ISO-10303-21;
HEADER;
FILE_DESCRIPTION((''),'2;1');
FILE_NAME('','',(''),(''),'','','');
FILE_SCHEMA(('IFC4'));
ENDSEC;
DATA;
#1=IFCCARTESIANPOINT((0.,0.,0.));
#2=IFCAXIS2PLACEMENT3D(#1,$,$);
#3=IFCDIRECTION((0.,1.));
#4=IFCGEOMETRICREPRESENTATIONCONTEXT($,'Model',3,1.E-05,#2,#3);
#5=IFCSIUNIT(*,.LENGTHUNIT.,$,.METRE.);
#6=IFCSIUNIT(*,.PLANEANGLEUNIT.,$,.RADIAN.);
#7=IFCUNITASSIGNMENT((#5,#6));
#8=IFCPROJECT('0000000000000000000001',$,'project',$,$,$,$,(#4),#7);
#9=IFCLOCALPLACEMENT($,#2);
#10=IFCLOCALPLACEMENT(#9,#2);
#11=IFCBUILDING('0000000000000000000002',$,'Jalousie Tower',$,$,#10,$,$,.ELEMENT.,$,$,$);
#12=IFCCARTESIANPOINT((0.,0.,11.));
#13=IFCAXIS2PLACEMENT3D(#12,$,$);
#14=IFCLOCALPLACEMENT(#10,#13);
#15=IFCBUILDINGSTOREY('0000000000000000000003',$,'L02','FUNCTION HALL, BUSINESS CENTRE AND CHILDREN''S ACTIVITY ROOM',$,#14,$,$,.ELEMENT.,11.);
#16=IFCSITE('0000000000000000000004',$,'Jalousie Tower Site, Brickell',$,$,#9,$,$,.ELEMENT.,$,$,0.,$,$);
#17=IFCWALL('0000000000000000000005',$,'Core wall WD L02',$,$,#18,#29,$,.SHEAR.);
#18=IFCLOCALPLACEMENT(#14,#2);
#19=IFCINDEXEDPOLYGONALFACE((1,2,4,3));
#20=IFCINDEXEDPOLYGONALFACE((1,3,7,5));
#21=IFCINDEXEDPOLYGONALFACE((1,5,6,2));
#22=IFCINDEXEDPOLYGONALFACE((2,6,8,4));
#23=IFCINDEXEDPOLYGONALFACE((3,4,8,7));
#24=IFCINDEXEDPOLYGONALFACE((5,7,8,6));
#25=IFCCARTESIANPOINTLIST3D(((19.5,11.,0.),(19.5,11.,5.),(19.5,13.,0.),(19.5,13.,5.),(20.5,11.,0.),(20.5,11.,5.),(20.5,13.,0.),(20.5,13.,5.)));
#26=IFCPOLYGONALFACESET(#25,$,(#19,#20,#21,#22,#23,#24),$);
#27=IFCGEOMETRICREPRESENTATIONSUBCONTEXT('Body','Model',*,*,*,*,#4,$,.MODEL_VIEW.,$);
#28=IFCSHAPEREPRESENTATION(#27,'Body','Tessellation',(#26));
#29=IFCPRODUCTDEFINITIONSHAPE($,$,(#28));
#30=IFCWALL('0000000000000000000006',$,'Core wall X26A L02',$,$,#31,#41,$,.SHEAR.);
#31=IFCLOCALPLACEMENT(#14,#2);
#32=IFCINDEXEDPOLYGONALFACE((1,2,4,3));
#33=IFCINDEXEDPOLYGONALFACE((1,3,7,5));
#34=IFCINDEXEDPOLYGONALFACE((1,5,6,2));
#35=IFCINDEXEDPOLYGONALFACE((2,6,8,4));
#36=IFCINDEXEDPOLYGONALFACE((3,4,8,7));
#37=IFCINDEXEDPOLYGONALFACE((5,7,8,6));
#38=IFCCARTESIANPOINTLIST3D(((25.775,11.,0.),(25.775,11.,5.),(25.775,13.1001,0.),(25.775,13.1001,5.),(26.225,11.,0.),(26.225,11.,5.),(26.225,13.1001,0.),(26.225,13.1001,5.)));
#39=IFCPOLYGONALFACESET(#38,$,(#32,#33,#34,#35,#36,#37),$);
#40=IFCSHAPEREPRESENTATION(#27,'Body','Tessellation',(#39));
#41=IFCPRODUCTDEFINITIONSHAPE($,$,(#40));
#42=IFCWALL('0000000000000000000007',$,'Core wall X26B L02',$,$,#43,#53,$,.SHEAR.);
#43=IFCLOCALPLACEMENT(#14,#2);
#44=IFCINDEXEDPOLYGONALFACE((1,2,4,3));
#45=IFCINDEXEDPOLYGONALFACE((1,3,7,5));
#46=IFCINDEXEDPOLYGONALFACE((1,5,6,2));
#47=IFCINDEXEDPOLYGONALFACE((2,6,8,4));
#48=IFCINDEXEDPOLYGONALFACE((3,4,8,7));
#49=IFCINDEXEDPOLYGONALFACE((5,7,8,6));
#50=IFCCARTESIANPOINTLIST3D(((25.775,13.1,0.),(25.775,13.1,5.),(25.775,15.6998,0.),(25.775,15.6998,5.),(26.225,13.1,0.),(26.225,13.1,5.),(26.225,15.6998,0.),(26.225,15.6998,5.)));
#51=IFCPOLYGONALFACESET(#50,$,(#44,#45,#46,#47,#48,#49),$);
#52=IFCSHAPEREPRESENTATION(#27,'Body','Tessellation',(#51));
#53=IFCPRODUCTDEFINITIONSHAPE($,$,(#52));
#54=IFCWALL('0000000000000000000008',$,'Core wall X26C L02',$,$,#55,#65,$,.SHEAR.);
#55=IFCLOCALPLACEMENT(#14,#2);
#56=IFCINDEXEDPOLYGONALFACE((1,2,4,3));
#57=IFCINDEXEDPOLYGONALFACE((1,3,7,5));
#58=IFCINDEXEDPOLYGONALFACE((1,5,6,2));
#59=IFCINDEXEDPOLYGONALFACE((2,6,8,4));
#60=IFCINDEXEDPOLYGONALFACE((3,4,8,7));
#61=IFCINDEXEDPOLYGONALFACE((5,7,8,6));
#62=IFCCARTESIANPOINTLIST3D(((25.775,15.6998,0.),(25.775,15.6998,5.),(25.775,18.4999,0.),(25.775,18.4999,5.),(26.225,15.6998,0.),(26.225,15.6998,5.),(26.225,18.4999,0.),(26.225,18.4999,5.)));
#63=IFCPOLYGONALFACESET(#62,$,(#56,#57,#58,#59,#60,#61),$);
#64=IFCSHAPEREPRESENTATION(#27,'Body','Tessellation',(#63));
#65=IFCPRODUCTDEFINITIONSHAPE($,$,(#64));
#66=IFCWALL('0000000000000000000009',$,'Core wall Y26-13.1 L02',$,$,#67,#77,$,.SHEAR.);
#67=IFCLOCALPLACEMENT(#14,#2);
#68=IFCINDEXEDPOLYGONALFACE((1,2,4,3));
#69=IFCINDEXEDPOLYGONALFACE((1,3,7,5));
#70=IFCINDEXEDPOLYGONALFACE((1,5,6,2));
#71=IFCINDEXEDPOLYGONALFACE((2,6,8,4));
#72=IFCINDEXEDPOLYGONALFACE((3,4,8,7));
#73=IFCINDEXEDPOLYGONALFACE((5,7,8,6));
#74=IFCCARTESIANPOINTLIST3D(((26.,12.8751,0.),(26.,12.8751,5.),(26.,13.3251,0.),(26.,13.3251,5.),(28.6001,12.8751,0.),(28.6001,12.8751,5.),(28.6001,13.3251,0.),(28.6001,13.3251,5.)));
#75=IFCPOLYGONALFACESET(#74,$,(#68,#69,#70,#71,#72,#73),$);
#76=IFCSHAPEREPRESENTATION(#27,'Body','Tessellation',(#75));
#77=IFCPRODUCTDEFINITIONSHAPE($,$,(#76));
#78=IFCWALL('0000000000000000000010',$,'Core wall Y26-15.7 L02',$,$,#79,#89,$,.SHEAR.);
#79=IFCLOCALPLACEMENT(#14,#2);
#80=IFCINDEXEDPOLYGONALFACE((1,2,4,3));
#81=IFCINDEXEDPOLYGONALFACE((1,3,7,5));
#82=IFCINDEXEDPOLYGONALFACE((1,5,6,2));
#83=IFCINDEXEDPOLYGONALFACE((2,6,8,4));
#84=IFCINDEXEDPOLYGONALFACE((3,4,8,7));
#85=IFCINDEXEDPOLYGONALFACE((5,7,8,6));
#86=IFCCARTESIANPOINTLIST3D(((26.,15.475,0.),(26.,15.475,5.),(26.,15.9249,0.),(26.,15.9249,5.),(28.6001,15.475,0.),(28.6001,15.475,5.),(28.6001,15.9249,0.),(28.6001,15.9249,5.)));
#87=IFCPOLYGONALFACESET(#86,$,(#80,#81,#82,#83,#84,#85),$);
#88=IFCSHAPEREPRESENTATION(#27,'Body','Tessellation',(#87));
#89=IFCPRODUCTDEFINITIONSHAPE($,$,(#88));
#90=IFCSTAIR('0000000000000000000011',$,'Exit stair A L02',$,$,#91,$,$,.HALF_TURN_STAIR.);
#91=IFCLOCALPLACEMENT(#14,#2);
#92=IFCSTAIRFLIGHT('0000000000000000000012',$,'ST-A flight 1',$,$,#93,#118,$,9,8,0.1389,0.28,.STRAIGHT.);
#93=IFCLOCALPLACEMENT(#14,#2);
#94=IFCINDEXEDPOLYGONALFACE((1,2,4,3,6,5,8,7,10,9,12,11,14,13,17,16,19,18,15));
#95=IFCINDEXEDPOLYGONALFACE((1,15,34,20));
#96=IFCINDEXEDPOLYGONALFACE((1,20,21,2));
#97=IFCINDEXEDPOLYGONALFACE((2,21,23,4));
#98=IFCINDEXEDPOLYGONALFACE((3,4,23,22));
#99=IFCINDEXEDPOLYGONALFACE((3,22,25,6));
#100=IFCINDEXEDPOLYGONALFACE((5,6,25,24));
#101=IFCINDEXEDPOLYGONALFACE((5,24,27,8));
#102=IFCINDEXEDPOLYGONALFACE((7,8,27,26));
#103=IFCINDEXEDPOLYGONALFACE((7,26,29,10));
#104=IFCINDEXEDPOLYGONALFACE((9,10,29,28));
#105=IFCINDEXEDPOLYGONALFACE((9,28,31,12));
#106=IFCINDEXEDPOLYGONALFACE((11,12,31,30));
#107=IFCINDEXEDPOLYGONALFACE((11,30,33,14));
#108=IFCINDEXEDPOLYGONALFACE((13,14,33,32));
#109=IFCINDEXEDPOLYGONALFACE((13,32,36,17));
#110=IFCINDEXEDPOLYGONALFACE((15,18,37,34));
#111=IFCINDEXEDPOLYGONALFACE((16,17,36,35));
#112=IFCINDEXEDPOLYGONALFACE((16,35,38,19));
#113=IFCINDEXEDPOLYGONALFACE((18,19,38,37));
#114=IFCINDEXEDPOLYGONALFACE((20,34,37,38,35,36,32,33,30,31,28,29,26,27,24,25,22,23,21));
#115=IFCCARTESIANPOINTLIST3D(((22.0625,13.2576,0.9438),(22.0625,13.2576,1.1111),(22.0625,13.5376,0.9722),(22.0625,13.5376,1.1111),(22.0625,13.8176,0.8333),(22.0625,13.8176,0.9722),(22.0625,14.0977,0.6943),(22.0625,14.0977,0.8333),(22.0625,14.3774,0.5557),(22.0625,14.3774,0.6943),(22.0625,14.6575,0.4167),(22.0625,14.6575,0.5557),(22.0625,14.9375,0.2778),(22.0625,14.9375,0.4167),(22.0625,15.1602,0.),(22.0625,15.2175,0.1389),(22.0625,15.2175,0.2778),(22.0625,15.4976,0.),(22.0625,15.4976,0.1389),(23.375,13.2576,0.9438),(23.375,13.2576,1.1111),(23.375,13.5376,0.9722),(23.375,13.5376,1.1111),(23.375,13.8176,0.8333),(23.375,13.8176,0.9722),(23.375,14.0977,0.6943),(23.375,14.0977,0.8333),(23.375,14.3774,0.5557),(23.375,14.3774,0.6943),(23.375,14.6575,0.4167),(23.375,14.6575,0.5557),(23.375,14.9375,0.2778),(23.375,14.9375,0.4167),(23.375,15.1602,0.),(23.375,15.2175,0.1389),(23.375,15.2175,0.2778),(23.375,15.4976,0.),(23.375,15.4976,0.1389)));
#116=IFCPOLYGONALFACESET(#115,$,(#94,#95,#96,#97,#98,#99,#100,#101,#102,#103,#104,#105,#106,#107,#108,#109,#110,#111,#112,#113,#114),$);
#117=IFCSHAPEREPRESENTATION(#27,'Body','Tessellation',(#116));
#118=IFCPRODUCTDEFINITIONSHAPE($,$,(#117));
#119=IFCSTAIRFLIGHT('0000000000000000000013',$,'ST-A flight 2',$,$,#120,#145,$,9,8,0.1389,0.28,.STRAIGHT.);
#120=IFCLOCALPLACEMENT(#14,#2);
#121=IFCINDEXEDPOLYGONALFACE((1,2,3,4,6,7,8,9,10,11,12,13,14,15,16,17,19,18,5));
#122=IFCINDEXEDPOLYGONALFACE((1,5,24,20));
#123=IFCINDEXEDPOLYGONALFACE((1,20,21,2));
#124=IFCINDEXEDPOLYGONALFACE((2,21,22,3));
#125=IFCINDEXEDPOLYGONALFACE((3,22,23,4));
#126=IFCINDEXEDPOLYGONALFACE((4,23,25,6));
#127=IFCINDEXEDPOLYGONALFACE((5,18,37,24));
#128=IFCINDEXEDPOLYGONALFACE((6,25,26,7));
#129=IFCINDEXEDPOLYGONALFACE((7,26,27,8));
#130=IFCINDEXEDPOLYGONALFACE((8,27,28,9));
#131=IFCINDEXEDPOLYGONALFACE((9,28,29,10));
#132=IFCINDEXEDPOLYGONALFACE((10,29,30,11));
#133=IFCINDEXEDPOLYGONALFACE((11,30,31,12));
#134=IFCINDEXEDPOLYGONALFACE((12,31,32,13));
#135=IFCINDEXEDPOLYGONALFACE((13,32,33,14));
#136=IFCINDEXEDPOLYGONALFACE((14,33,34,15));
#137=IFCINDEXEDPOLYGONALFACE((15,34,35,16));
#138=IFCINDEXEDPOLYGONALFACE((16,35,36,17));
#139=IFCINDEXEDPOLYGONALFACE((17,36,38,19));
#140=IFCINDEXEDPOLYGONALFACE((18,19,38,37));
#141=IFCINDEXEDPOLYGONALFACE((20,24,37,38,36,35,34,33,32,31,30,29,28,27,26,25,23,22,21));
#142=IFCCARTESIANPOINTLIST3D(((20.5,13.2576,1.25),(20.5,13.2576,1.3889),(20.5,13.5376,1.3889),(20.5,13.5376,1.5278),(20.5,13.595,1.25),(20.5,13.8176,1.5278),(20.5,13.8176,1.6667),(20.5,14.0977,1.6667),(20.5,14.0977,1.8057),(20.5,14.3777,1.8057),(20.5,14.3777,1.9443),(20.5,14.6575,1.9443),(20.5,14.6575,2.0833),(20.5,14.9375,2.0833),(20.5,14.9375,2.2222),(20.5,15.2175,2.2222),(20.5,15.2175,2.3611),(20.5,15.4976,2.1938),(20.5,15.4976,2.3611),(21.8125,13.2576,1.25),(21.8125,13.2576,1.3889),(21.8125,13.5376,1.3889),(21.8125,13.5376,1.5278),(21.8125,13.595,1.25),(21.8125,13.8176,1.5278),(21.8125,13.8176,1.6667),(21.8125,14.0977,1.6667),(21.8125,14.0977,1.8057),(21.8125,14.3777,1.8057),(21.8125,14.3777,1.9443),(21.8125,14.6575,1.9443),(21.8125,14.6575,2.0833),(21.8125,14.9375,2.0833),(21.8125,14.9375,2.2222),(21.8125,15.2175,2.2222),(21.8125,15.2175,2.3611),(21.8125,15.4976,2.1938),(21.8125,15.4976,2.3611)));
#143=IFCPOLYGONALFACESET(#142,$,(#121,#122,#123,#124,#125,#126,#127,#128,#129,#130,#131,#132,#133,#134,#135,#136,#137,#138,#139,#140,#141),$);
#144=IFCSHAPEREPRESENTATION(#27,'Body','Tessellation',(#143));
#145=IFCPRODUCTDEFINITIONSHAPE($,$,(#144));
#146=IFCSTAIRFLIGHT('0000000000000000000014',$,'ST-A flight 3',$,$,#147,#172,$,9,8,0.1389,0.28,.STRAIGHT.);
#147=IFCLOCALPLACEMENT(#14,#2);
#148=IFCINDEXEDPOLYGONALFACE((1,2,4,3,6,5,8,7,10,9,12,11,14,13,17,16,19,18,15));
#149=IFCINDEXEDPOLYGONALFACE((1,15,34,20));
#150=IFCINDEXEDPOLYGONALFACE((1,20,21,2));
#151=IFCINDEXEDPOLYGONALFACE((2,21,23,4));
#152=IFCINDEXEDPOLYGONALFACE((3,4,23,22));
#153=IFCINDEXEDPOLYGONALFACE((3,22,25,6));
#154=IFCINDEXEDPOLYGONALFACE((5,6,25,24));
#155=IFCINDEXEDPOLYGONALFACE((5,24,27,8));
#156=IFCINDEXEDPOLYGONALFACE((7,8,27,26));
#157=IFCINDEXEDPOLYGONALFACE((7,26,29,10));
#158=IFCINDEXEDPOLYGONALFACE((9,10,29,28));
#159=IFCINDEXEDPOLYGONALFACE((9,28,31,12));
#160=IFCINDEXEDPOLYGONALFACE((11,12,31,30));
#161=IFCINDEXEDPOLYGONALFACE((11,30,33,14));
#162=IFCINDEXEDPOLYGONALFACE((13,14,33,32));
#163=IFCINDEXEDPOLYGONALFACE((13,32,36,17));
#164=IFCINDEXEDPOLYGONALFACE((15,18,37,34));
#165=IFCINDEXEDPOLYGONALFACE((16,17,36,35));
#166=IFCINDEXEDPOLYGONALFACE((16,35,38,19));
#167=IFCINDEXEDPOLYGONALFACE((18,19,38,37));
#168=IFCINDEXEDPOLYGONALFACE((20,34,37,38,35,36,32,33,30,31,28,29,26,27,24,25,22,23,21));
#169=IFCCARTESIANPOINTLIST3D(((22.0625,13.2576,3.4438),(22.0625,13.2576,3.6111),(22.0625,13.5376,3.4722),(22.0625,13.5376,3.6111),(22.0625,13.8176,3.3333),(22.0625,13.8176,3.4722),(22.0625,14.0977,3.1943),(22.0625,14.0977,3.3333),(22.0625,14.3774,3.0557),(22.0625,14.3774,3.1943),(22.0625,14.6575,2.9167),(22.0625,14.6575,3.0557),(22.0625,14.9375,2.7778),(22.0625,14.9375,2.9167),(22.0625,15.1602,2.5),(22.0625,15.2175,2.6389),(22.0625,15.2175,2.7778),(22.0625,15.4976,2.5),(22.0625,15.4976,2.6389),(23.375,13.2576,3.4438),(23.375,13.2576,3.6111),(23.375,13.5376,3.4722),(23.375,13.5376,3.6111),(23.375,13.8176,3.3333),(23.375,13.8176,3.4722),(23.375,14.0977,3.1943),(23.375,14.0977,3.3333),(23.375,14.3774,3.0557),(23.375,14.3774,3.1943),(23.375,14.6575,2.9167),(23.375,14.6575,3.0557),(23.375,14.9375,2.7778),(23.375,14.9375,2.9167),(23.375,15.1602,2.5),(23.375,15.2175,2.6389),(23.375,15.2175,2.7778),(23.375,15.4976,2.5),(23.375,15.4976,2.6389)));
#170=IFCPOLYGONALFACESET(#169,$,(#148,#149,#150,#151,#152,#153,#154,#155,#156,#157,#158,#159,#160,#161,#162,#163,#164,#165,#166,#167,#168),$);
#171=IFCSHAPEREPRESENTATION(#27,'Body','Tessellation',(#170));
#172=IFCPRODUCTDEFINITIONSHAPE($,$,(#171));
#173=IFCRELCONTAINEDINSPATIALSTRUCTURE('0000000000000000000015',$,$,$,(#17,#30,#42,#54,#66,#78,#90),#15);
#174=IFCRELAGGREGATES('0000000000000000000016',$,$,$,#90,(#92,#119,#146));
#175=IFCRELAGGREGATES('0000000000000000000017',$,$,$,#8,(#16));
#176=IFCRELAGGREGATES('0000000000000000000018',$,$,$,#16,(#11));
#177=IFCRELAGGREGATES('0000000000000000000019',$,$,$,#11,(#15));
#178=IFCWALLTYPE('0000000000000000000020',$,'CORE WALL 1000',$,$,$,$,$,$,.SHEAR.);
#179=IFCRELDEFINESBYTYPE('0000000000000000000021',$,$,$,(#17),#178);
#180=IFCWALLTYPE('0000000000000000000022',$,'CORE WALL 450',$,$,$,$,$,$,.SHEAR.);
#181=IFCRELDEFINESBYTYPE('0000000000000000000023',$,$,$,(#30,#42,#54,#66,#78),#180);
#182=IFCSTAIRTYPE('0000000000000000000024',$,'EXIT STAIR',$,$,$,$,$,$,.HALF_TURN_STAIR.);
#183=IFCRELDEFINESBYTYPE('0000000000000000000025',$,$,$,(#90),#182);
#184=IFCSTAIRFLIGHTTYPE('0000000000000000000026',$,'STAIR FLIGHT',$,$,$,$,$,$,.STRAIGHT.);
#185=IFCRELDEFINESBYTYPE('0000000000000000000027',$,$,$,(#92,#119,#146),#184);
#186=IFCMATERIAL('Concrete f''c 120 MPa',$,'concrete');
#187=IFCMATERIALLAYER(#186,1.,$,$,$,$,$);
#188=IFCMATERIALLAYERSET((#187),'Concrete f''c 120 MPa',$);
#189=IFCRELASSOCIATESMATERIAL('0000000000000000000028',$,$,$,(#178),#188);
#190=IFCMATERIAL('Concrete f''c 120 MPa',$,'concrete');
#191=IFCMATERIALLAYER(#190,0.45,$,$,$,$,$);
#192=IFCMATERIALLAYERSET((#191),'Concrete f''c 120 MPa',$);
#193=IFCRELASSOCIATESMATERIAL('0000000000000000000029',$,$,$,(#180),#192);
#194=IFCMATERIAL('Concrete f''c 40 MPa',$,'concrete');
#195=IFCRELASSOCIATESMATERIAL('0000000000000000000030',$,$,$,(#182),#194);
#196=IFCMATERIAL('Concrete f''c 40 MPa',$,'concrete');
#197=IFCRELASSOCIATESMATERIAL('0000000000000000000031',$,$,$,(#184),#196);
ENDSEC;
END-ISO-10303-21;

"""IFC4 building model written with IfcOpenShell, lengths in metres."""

from ifc_helpers import new_model, si_unit, direction, frame, frame_2d, origin, place, context, subcontext, project, spatial, polyline, rectangle, outline, extrude, material, layer, layer_set, type_object, element, aggregate, save


model = new_model("IFC4")

# Units and contexts
model_context = context("Model", 3, precision=1e-05, world=origin(), true_north=direction((0.0, 1.0)))
body_context = subcontext(model_context, "Body", "Model", "MODEL_VIEW")
ifc_project = project(units=[si_unit("LENGTHUNIT", "METRE"), si_unit("PLANEANGLEUNIT", "RADIAN")], contexts=[model_context])

# Site, building, storey
site_placement = place(None, origin())
site = spatial("IfcSite", under=ifc_project, at=site_placement, Name="Jalousie Tower Site, Brickell", CompositionType="ELEMENT", RefElevation=0.0)
building_placement = place(site_placement, origin())
building = spatial("IfcBuilding", under=site, at=building_placement, Name="Jalousie Tower", CompositionType="ELEMENT")
storey_placement = place(building_placement, frame((0.0, 0.0, 11.0)))
storey = spatial("IfcBuildingStorey", under=building, at=storey_placement, Name="L02", Description="FUNCTION HALL, BUSINESS CENTRE AND CHILDREN'S ACTIVITY ROOM", CompositionType="ELEMENT", Elevation=11.0)

# Walls
ifc_material_1 = material(Name="Concrete f'c 120 MPa", Category="concrete")
ifc_layer_1 = layer(ifc_material_1, 1.0)
ifc_layer_set_1 = layer_set([ifc_layer_1], Name="Concrete f'c 120 MPa")
wall_type_1 = type_object("IfcWallType", Name="CORE WALL 1000", PredefinedType="SHEAR", material=ifc_layer_set_1)
wall_1_placement = place(storey_placement, frame((20.0, 13.0, 0.0), z_axis=(0.0, 0.0, 1.0), x_axis=(0.0, -1.0, 0.0)))
element("IfcWall", 1, at=wall_1_placement, inside=storey, type_object=wall_type_1, Name="Core wall WD L02", PredefinedType="SHEAR", context=body_context, shape_type="SweptSolid", body=[
    extrude(rectangle(XDim=2.0, YDim=1.0, at=frame_2d((1.0, 0.0))), origin(), (0.0, 0.0, 1.0), 5.0),
])
ifc_material_2 = material(Name="Concrete f'c 120 MPa", Category="concrete")
ifc_layer_2 = layer(ifc_material_2, 0.45)
ifc_layer_set_2 = layer_set([ifc_layer_2], Name="Concrete f'c 120 MPa")
wall_type_2 = type_object("IfcWallType", Name="CORE WALL 450", PredefinedType="SHEAR", material=ifc_layer_set_2)
wall_2_placement = place(storey_placement, frame((26.0, 11.0, 0.0), z_axis=(0.0, 0.0, 1.0), x_axis=(0.0, 1.0, 0.0)))
element("IfcWall", 2, at=wall_2_placement, inside=storey, type_object=wall_type_2, Name="Core wall X26A L02", PredefinedType="SHEAR", context=body_context, shape_type="SweptSolid", body=[
    extrude(rectangle(XDim=2.1001, YDim=0.45, at=frame_2d((1.05, 0.0))), origin(), (0.0, 0.0, 1.0), 5.0),
])
wall_3_placement = place(storey_placement, frame((26.0, 13.1001, 0.0), z_axis=(0.0, 0.0, 1.0), x_axis=(0.0, 1.0, 0.0)))
element("IfcWall", 3, at=wall_3_placement, inside=storey, type_object=wall_type_2, Name="Core wall X26B L02", PredefinedType="SHEAR", context=body_context, shape_type="SweptSolid", body=[
    extrude(rectangle(XDim=2.5999, YDim=0.45, at=frame_2d((1.2998, 0.0))), origin(), (0.0, 0.0, 1.0), 5.0),
])
wall_4_placement = place(storey_placement, frame((26.0, 15.7, 0.0), z_axis=(0.0, 0.0, 1.0), x_axis=(0.0, 1.0, 0.0)))
element("IfcWall", 4, at=wall_4_placement, inside=storey, type_object=wall_type_2, Name="Core wall X26C L02", PredefinedType="SHEAR", context=body_context, shape_type="SweptSolid", body=[
    extrude(rectangle(XDim=2.8, YDim=0.45, at=frame_2d((1.3999, 0.0))), origin(), (0.0, 0.0, 1.0), 5.0),
])
for number, where, z_axis, x_axis, name in (
    (5, (26.0, 13.1001, 0.0), (0.0, 0.0, 1.0), (1.0, 0.0, 0.0), "Core wall Y26-13.1 L02"),
    (6, (26.0, 15.7, 0.0), (0.0, 0.0, 1.0), (1.0, 0.0, 0.0), "Core wall Y26-15.7 L02"),
):
    element("IfcWall", number, at=place(storey_placement, frame(where, z_axis=z_axis, x_axis=x_axis)), inside=storey, type_object=wall_type_2, Name=name, PredefinedType="SHEAR", context=body_context, shape_type="SweptSolid", body=[
        extrude(rectangle(XDim=2.6001, YDim=0.45, at=frame_2d((1.3, 0.0))), origin(), (0.0, 0.0, 1.0), 5.0),
    ])

# Stair, stair flights
ifc_material_3 = material(Name="Concrete f'c 40 MPa", Category="concrete")
stair_type = type_object("IfcStairType", Name="EXIT STAIR", PredefinedType="HALF_TURN_STAIR", material=ifc_material_3)
stair_placement = place(storey_placement, origin())
stair = element("IfcStair", 7, at=stair_placement, inside=storey, type_object=stair_type, Name="Exit stair A L02", PredefinedType="HALF_TURN_STAIR")
ifc_material_4 = material(Name="Concrete f'c 40 MPa", Category="concrete")
stair_flight_type = type_object("IfcStairFlightType", Name="STAIR FLIGHT", PredefinedType="STRAIGHT", material=ifc_material_4)
stair_flight_1_placement = place(storey_placement, frame((22.7188, 15.4976, 0.0), z_axis=(0.0, 0.0, 1.0), x_axis=(0.0, -1.0, 0.0)))
stair_flight_1 = element("IfcStairFlight", 8, at=stair_flight_1_placement, type_object=stair_flight_type, Name="ST-A flight 1", NumberOfRisers=9, NumberOfTreads=8, PredefinedType="STRAIGHT", RiserHeight=0.1389, TreadLength=0.28, context=body_context, shape_type="SweptSolid", body=[
    extrude(outline(polyline([(0.0, 0.0), (0.0, 0.1389), (0.28, 0.1389), (0.28, 0.2778), (0.5601, 0.2778), (0.5601, 0.4167), (0.8401, 0.4167), (0.8401, 0.5557), (1.1201, 0.5557), (1.1201, 0.6943), (1.3999, 0.6943), (1.3999, 0.8333), (1.6799, 0.8333), (1.6799, 0.9722), (1.96, 0.9722), (1.96, 1.1111), (2.24, 1.1111), (2.24, 1.25), (2.24, 0.9438), (0.3374, 0.0), (0.0, 0.0)])), frame((0.0, 0.6562, 0.0), z_axis=(0.0, -1.0, 0.0), x_axis=(1.0, 0.0, 0.0)), (0.0, 0.0, 1.0), 1.3125),
])
stair_flight_2_placement = place(storey_placement, frame((21.1562, 13.2576, 1.25), z_axis=(0.0, 0.0, 1.0), x_axis=(0.0, 1.0, 0.0)))
stair_flight_2 = element("IfcStairFlight", 9, at=stair_flight_2_placement, type_object=stair_flight_type, Name="ST-A flight 2", NumberOfRisers=9, NumberOfTreads=8, PredefinedType="STRAIGHT", RiserHeight=0.1389, TreadLength=0.28, context=body_context, shape_type="SweptSolid", body=[
    extrude(outline(polyline([(0.0, 0.0), (0.0, 0.1389), (0.28, 0.1389), (0.28, 0.2778), (0.5601, 0.2778), (0.5601, 0.4167), (0.8401, 0.4167), (0.8401, 0.5557), (1.1201, 0.5557), (1.1201, 0.6943), (1.3999, 0.6943), (1.3999, 0.8333), (1.6799, 0.8333), (1.6799, 0.9722), (1.96, 0.9722), (1.96, 1.1111), (2.24, 1.1111), (2.24, 1.25), (2.24, 0.9438), (0.3374, 0.0), (0.0, 0.0)])), frame((0.0, 0.6562, 0.0), z_axis=(0.0, -1.0, 0.0), x_axis=(1.0, 0.0, 0.0)), (0.0, 0.0, 1.0), 1.3125),
])
stair_flight_3_placement = place(storey_placement, frame((22.7188, 15.4976, 2.5), z_axis=(0.0, 0.0, 1.0), x_axis=(0.0, -1.0, 0.0)))
stair_flight_3 = element("IfcStairFlight", 10, at=stair_flight_3_placement, type_object=stair_flight_type, Name="ST-A flight 3", NumberOfRisers=9, NumberOfTreads=8, PredefinedType="STRAIGHT", RiserHeight=0.1389, TreadLength=0.28, context=body_context, shape_type="SweptSolid", body=[
    extrude(outline(polyline([(0.0, 0.0), (0.0, 0.1389), (0.28, 0.1389), (0.28, 0.2778), (0.5601, 0.2778), (0.5601, 0.4167), (0.8401, 0.4167), (0.8401, 0.5557), (1.1201, 0.5557), (1.1201, 0.6943), (1.3999, 0.6943), (1.3999, 0.8333), (1.6799, 0.8333), (1.6799, 0.9722), (1.96, 0.9722), (1.96, 1.1111), (2.24, 1.1111), (2.24, 1.25), (2.24, 0.9438), (0.3374, 0.0), (0.0, 0.0)])), frame((0.0, 0.6562, 0.0), z_axis=(0.0, -1.0, 0.0), x_axis=(1.0, 0.0, 0.0)), (0.0, 0.0, 1.0), 1.3125),
])
aggregate(stair, [stair_flight_1, stair_flight_2, stair_flight_3])

save(model, "model.ifc")
